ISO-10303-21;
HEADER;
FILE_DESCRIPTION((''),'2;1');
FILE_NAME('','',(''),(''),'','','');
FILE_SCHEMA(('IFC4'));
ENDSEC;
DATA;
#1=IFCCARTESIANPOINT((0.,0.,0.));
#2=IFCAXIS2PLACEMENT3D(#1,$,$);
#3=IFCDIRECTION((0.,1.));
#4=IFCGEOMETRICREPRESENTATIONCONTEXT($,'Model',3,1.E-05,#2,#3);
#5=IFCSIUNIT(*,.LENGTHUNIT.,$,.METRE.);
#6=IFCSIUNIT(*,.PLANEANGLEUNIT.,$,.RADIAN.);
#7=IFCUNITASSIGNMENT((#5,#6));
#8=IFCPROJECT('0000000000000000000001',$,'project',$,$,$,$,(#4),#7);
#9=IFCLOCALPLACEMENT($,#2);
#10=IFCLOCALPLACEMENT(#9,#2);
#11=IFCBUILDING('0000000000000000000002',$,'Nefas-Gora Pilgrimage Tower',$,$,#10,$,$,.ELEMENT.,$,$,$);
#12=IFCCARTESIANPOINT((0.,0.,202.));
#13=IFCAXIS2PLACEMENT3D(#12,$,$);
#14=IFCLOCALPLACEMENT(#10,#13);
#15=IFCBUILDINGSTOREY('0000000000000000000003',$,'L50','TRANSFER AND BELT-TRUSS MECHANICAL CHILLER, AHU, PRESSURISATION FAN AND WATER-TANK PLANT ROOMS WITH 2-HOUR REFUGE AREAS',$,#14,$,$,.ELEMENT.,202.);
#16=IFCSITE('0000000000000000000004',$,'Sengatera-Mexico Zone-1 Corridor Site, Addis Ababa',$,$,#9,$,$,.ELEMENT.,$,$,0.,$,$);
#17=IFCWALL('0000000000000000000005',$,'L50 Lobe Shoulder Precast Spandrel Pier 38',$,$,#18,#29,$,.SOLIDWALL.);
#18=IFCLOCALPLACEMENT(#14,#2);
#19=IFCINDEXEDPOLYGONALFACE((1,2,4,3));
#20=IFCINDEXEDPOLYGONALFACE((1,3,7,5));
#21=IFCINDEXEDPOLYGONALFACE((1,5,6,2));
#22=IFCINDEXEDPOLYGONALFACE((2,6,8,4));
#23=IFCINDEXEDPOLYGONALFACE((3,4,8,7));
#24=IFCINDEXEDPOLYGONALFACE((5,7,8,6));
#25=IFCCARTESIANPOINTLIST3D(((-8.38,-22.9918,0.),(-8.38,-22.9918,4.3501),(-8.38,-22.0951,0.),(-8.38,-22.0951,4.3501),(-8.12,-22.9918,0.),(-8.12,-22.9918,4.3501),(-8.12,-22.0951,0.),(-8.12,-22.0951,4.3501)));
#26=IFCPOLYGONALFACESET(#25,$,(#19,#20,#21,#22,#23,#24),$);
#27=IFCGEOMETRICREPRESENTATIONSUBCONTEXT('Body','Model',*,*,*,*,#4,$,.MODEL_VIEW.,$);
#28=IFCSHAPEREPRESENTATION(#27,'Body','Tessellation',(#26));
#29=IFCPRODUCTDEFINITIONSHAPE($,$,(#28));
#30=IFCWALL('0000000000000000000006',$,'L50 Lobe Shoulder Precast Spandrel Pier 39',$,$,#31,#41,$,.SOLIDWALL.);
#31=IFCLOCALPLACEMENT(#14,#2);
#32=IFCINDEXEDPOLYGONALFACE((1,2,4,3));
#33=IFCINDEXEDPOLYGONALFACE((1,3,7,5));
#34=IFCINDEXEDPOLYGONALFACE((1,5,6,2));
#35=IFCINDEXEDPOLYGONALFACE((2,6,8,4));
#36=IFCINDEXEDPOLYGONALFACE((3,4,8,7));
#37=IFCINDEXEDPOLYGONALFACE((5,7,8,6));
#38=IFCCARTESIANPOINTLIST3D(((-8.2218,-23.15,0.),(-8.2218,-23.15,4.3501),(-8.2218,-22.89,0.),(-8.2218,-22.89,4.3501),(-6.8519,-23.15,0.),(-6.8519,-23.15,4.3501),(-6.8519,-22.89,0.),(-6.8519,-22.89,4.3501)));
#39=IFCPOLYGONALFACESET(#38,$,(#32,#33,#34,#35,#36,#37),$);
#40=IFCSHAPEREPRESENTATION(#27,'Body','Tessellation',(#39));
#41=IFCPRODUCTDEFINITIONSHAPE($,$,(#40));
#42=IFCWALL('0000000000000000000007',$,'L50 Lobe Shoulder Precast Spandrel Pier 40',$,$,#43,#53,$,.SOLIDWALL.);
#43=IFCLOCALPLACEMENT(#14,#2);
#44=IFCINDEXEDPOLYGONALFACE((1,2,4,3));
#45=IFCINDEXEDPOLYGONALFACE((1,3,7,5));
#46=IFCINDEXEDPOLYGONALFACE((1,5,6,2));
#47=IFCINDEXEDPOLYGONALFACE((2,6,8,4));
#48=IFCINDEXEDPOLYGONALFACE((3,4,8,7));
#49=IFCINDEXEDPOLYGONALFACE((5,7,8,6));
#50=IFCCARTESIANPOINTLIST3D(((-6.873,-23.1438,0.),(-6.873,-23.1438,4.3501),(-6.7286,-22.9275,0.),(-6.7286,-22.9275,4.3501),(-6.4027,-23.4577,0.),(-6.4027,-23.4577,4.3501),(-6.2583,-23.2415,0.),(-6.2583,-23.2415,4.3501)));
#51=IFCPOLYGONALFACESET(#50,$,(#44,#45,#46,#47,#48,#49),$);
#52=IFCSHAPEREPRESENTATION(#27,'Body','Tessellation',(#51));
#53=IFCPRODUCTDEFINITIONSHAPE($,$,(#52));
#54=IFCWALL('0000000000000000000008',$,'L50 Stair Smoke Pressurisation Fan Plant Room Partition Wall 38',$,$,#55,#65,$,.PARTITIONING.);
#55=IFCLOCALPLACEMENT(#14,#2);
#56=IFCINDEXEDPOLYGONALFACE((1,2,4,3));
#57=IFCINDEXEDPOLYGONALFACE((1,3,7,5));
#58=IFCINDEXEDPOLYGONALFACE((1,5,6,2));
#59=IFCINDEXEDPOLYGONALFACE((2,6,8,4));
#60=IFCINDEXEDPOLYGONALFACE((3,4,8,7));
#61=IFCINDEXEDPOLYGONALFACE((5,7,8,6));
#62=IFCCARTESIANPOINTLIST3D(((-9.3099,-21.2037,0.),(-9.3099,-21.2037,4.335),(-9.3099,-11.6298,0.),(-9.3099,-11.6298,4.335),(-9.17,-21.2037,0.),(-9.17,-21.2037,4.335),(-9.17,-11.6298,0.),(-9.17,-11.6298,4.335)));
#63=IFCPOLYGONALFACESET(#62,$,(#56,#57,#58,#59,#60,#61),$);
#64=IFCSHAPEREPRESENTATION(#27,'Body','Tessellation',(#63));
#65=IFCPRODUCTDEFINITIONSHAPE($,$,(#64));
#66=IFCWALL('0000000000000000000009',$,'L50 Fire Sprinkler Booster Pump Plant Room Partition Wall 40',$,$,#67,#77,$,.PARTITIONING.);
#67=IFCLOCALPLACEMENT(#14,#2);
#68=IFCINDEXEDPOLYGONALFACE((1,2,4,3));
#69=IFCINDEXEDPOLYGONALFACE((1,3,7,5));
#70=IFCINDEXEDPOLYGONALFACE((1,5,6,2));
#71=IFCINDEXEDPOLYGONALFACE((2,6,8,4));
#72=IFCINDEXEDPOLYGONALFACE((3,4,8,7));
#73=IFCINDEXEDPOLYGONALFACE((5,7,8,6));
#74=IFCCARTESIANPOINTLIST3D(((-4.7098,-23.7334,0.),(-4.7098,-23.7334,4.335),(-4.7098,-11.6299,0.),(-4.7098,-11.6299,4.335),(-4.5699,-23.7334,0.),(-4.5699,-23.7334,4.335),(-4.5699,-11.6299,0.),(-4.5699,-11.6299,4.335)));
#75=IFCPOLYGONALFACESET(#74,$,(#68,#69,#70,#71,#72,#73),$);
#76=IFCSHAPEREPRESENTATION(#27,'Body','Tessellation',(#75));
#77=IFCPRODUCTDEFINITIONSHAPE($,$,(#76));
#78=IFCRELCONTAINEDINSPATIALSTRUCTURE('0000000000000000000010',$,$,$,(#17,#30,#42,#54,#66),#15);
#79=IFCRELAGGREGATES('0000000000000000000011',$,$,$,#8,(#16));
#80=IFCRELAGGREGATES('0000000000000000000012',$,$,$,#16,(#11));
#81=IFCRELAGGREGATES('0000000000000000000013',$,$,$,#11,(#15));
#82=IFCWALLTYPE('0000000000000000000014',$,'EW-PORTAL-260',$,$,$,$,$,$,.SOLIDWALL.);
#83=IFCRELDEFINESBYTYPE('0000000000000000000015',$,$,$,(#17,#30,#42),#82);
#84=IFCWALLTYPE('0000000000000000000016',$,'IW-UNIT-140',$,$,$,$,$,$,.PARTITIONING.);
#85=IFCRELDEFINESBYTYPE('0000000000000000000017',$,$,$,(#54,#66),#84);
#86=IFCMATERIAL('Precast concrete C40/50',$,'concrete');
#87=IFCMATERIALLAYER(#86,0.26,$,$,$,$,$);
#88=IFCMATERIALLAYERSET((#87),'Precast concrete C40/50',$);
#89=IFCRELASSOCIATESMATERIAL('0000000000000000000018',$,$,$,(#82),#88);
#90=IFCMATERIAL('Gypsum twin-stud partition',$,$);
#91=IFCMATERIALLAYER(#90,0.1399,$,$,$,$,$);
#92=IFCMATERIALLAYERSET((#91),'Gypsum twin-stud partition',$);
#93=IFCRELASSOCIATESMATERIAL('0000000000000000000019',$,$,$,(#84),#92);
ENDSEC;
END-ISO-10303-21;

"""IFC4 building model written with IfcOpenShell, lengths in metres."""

from ifc_helpers import new_model, si_unit, direction, frame, frame_2d, origin, place, context, subcontext, project, spatial, rectangle, extrude, source, transform, mapped, material, layer, layer_set, type_object, element, save


model = new_model("IFC4")

# Units and contexts
model_context = context("Model", 3, precision=1e-05, world=origin(), true_north=direction((0.0, 1.0)))
body_context = subcontext(model_context, "Body", "Model", "MODEL_VIEW")
ifc_project = project(units=[si_unit("LENGTHUNIT", "METRE"), si_unit("PLANEANGLEUNIT", "RADIAN")], contexts=[model_context])

# Site, building, storey
site_placement = place(None, origin())
site = spatial("IfcSite", under=ifc_project, at=site_placement, Name="Sengatera-Mexico Zone-1 Corridor Site, Addis Ababa", CompositionType="ELEMENT", RefElevation=0.0)
building_placement = place(site_placement, origin())
building = spatial("IfcBuilding", under=site, at=building_placement, Name="Nefas-Gora Pilgrimage Tower", CompositionType="ELEMENT")
storey_placement = place(building_placement, frame((0.0, 0.0, 202.0)))
storey = spatial("IfcBuildingStorey", under=building, at=storey_placement, Name="L50", Description="TRANSFER AND BELT-TRUSS MECHANICAL CHILLER, AHU, PRESSURISATION FAN AND WATER-TANK PLANT ROOMS WITH 2-HOUR REFUGE AREAS", CompositionType="ELEMENT", Elevation=202.0)

# Walls
ifc_material_1 = material(Name="Precast concrete C40/50", Category="concrete")
ifc_layer_1 = layer(ifc_material_1, 0.26)
ifc_layer_set_1 = layer_set([ifc_layer_1], Name="Precast concrete C40/50")
wall_type_1 = type_object("IfcWallType", Name="EW-PORTAL-260", PredefinedType="SOLIDWALL", material=ifc_layer_set_1)
shared_shape_1 = source(origin(), body_context, "Body", "SweptSolid", [
    extrude(rectangle(XDim=0.8967, YDim=0.26, at=frame_2d((0.4482, 0.0))), origin(), (0.0, 0.0, 1.0), 4.3501),
])
wall_1_placement = place(storey_placement, frame((-8.25, -22.0952, 0.0), z_axis=(0.0, 0.0, 1.0), x_axis=(0.0, -1.0, 0.0)))
element("IfcWall", 1, at=wall_1_placement, inside=storey, type_object=wall_type_1, Name="L50 Lobe Shoulder Precast Spandrel Pier 38", PredefinedType="SOLIDWALL", context=body_context, shape_type="MappedRepresentation", body=[
    mapped(shared_shape_1, transform((0.0, 0.0, 0.0), x_axis=(1.0, 0.0, 0.0), y_axis=(0.0, 1.0, 0.0), z_axis=(0.0, 0.0, 1.0), scale=1.0)),
])
shared_shape_2 = source(origin(), body_context, "Body", "SweptSolid", [
    extrude(rectangle(XDim=1.3699, YDim=0.26, at=frame_2d((0.6851, 0.0))), origin(), (0.0, 0.0, 1.0), 4.3501),
])
wall_2_placement = place(storey_placement, frame((-8.2219, -23.02, 0.0), z_axis=(0.0, 0.0, 1.0), x_axis=(1.0, 0.0, 0.0)))
element("IfcWall", 2, at=wall_2_placement, inside=storey, type_object=wall_type_1, Name="L50 Lobe Shoulder Precast Spandrel Pier 39", PredefinedType="SOLIDWALL", context=body_context, shape_type="MappedRepresentation", body=[
    mapped(shared_shape_2, transform((0.0, 0.0, 0.0), x_axis=(1.0, 0.0, 0.0), y_axis=(0.0, 1.0, 0.0), z_axis=(0.0, 0.0, 1.0), scale=1.0)),
])
shared_shape_3 = source(origin(), body_context, "Body", "SweptSolid", [
    extrude(rectangle(XDim=0.5654, YDim=0.26, at=frame_2d((0.2827, 0.0))), origin(), (0.0, 0.0, 1.0), 4.3501),
])
wall_3_placement = place(storey_placement, frame((-6.8008, -23.0356, 0.0), z_axis=(0.0, 0.0, 1.0), x_axis=(0.831651, -0.555298, 0.0)))
element("IfcWall", 3, at=wall_3_placement, inside=storey, type_object=wall_type_1, Name="L50 Lobe Shoulder Precast Spandrel Pier 40", PredefinedType="SOLIDWALL", context=body_context, shape_type="MappedRepresentation", body=[
    mapped(shared_shape_3, transform((0.0, 0.0, 0.0), x_axis=(1.0, 0.0, 0.0), y_axis=(0.0, 1.0, 0.0), z_axis=(0.0, 0.0, 1.0), scale=1.0)),
])
ifc_material_2 = material(Name="Gypsum twin-stud partition")
ifc_layer_2 = layer(ifc_material_2, 0.1399)
ifc_layer_set_2 = layer_set([ifc_layer_2], Name="Gypsum twin-stud partition")
wall_type_2 = type_object("IfcWallType", Name="IW-UNIT-140", PredefinedType="PARTITIONING", material=ifc_layer_set_2)
shared_shape_4 = source(origin(), body_context, "Body", "SweptSolid", [
    extrude(rectangle(XDim=9.574, YDim=0.1399, at=frame_2d((4.7871, 0.0))), origin(), (0.0, 0.0, 1.0), 4.335),
])
wall_4_placement = place(storey_placement, frame((-9.24, -21.2039, 0.0), z_axis=(0.0, 0.0, 1.0), x_axis=(0.0, 1.0, 0.0)))
element("IfcWall", 4, at=wall_4_placement, inside=storey, type_object=wall_type_2, Name="L50 Stair Smoke Pressurisation Fan Plant Room Partition Wall 38", PredefinedType="PARTITIONING", context=body_context, shape_type="MappedRepresentation", body=[
    mapped(shared_shape_4, transform((0.0, 0.0, 0.0), x_axis=(1.0, 0.0, 0.0), y_axis=(0.0, 1.0, 0.0), z_axis=(0.0, 0.0, 1.0), scale=1.0)),
])
shared_shape_5 = source(origin(), body_context, "Body", "SweptSolid", [
    extrude(rectangle(XDim=12.1035, YDim=0.1399, at=frame_2d((6.0518, 0.0))), origin(), (0.0, 0.0, 1.0), 4.335),
])
wall_5_placement = place(storey_placement, frame((-4.6399, -23.7334, 0.0), z_axis=(0.0, 0.0, 1.0), x_axis=(0.0, 1.0, 0.0)))
element("IfcWall", 5, at=wall_5_placement, inside=storey, type_object=wall_type_2, Name="L50 Fire Sprinkler Booster Pump Plant Room Partition Wall 40", PredefinedType="PARTITIONING", context=body_context, shape_type="MappedRepresentation", body=[
    mapped(shared_shape_5, transform((0.0, 0.0, 0.0), x_axis=(1.0, 0.0, 0.0), y_axis=(0.0, 1.0, 0.0), z_axis=(0.0, 0.0, 1.0), scale=1.0)),
])

save(model, "model.ifc")
